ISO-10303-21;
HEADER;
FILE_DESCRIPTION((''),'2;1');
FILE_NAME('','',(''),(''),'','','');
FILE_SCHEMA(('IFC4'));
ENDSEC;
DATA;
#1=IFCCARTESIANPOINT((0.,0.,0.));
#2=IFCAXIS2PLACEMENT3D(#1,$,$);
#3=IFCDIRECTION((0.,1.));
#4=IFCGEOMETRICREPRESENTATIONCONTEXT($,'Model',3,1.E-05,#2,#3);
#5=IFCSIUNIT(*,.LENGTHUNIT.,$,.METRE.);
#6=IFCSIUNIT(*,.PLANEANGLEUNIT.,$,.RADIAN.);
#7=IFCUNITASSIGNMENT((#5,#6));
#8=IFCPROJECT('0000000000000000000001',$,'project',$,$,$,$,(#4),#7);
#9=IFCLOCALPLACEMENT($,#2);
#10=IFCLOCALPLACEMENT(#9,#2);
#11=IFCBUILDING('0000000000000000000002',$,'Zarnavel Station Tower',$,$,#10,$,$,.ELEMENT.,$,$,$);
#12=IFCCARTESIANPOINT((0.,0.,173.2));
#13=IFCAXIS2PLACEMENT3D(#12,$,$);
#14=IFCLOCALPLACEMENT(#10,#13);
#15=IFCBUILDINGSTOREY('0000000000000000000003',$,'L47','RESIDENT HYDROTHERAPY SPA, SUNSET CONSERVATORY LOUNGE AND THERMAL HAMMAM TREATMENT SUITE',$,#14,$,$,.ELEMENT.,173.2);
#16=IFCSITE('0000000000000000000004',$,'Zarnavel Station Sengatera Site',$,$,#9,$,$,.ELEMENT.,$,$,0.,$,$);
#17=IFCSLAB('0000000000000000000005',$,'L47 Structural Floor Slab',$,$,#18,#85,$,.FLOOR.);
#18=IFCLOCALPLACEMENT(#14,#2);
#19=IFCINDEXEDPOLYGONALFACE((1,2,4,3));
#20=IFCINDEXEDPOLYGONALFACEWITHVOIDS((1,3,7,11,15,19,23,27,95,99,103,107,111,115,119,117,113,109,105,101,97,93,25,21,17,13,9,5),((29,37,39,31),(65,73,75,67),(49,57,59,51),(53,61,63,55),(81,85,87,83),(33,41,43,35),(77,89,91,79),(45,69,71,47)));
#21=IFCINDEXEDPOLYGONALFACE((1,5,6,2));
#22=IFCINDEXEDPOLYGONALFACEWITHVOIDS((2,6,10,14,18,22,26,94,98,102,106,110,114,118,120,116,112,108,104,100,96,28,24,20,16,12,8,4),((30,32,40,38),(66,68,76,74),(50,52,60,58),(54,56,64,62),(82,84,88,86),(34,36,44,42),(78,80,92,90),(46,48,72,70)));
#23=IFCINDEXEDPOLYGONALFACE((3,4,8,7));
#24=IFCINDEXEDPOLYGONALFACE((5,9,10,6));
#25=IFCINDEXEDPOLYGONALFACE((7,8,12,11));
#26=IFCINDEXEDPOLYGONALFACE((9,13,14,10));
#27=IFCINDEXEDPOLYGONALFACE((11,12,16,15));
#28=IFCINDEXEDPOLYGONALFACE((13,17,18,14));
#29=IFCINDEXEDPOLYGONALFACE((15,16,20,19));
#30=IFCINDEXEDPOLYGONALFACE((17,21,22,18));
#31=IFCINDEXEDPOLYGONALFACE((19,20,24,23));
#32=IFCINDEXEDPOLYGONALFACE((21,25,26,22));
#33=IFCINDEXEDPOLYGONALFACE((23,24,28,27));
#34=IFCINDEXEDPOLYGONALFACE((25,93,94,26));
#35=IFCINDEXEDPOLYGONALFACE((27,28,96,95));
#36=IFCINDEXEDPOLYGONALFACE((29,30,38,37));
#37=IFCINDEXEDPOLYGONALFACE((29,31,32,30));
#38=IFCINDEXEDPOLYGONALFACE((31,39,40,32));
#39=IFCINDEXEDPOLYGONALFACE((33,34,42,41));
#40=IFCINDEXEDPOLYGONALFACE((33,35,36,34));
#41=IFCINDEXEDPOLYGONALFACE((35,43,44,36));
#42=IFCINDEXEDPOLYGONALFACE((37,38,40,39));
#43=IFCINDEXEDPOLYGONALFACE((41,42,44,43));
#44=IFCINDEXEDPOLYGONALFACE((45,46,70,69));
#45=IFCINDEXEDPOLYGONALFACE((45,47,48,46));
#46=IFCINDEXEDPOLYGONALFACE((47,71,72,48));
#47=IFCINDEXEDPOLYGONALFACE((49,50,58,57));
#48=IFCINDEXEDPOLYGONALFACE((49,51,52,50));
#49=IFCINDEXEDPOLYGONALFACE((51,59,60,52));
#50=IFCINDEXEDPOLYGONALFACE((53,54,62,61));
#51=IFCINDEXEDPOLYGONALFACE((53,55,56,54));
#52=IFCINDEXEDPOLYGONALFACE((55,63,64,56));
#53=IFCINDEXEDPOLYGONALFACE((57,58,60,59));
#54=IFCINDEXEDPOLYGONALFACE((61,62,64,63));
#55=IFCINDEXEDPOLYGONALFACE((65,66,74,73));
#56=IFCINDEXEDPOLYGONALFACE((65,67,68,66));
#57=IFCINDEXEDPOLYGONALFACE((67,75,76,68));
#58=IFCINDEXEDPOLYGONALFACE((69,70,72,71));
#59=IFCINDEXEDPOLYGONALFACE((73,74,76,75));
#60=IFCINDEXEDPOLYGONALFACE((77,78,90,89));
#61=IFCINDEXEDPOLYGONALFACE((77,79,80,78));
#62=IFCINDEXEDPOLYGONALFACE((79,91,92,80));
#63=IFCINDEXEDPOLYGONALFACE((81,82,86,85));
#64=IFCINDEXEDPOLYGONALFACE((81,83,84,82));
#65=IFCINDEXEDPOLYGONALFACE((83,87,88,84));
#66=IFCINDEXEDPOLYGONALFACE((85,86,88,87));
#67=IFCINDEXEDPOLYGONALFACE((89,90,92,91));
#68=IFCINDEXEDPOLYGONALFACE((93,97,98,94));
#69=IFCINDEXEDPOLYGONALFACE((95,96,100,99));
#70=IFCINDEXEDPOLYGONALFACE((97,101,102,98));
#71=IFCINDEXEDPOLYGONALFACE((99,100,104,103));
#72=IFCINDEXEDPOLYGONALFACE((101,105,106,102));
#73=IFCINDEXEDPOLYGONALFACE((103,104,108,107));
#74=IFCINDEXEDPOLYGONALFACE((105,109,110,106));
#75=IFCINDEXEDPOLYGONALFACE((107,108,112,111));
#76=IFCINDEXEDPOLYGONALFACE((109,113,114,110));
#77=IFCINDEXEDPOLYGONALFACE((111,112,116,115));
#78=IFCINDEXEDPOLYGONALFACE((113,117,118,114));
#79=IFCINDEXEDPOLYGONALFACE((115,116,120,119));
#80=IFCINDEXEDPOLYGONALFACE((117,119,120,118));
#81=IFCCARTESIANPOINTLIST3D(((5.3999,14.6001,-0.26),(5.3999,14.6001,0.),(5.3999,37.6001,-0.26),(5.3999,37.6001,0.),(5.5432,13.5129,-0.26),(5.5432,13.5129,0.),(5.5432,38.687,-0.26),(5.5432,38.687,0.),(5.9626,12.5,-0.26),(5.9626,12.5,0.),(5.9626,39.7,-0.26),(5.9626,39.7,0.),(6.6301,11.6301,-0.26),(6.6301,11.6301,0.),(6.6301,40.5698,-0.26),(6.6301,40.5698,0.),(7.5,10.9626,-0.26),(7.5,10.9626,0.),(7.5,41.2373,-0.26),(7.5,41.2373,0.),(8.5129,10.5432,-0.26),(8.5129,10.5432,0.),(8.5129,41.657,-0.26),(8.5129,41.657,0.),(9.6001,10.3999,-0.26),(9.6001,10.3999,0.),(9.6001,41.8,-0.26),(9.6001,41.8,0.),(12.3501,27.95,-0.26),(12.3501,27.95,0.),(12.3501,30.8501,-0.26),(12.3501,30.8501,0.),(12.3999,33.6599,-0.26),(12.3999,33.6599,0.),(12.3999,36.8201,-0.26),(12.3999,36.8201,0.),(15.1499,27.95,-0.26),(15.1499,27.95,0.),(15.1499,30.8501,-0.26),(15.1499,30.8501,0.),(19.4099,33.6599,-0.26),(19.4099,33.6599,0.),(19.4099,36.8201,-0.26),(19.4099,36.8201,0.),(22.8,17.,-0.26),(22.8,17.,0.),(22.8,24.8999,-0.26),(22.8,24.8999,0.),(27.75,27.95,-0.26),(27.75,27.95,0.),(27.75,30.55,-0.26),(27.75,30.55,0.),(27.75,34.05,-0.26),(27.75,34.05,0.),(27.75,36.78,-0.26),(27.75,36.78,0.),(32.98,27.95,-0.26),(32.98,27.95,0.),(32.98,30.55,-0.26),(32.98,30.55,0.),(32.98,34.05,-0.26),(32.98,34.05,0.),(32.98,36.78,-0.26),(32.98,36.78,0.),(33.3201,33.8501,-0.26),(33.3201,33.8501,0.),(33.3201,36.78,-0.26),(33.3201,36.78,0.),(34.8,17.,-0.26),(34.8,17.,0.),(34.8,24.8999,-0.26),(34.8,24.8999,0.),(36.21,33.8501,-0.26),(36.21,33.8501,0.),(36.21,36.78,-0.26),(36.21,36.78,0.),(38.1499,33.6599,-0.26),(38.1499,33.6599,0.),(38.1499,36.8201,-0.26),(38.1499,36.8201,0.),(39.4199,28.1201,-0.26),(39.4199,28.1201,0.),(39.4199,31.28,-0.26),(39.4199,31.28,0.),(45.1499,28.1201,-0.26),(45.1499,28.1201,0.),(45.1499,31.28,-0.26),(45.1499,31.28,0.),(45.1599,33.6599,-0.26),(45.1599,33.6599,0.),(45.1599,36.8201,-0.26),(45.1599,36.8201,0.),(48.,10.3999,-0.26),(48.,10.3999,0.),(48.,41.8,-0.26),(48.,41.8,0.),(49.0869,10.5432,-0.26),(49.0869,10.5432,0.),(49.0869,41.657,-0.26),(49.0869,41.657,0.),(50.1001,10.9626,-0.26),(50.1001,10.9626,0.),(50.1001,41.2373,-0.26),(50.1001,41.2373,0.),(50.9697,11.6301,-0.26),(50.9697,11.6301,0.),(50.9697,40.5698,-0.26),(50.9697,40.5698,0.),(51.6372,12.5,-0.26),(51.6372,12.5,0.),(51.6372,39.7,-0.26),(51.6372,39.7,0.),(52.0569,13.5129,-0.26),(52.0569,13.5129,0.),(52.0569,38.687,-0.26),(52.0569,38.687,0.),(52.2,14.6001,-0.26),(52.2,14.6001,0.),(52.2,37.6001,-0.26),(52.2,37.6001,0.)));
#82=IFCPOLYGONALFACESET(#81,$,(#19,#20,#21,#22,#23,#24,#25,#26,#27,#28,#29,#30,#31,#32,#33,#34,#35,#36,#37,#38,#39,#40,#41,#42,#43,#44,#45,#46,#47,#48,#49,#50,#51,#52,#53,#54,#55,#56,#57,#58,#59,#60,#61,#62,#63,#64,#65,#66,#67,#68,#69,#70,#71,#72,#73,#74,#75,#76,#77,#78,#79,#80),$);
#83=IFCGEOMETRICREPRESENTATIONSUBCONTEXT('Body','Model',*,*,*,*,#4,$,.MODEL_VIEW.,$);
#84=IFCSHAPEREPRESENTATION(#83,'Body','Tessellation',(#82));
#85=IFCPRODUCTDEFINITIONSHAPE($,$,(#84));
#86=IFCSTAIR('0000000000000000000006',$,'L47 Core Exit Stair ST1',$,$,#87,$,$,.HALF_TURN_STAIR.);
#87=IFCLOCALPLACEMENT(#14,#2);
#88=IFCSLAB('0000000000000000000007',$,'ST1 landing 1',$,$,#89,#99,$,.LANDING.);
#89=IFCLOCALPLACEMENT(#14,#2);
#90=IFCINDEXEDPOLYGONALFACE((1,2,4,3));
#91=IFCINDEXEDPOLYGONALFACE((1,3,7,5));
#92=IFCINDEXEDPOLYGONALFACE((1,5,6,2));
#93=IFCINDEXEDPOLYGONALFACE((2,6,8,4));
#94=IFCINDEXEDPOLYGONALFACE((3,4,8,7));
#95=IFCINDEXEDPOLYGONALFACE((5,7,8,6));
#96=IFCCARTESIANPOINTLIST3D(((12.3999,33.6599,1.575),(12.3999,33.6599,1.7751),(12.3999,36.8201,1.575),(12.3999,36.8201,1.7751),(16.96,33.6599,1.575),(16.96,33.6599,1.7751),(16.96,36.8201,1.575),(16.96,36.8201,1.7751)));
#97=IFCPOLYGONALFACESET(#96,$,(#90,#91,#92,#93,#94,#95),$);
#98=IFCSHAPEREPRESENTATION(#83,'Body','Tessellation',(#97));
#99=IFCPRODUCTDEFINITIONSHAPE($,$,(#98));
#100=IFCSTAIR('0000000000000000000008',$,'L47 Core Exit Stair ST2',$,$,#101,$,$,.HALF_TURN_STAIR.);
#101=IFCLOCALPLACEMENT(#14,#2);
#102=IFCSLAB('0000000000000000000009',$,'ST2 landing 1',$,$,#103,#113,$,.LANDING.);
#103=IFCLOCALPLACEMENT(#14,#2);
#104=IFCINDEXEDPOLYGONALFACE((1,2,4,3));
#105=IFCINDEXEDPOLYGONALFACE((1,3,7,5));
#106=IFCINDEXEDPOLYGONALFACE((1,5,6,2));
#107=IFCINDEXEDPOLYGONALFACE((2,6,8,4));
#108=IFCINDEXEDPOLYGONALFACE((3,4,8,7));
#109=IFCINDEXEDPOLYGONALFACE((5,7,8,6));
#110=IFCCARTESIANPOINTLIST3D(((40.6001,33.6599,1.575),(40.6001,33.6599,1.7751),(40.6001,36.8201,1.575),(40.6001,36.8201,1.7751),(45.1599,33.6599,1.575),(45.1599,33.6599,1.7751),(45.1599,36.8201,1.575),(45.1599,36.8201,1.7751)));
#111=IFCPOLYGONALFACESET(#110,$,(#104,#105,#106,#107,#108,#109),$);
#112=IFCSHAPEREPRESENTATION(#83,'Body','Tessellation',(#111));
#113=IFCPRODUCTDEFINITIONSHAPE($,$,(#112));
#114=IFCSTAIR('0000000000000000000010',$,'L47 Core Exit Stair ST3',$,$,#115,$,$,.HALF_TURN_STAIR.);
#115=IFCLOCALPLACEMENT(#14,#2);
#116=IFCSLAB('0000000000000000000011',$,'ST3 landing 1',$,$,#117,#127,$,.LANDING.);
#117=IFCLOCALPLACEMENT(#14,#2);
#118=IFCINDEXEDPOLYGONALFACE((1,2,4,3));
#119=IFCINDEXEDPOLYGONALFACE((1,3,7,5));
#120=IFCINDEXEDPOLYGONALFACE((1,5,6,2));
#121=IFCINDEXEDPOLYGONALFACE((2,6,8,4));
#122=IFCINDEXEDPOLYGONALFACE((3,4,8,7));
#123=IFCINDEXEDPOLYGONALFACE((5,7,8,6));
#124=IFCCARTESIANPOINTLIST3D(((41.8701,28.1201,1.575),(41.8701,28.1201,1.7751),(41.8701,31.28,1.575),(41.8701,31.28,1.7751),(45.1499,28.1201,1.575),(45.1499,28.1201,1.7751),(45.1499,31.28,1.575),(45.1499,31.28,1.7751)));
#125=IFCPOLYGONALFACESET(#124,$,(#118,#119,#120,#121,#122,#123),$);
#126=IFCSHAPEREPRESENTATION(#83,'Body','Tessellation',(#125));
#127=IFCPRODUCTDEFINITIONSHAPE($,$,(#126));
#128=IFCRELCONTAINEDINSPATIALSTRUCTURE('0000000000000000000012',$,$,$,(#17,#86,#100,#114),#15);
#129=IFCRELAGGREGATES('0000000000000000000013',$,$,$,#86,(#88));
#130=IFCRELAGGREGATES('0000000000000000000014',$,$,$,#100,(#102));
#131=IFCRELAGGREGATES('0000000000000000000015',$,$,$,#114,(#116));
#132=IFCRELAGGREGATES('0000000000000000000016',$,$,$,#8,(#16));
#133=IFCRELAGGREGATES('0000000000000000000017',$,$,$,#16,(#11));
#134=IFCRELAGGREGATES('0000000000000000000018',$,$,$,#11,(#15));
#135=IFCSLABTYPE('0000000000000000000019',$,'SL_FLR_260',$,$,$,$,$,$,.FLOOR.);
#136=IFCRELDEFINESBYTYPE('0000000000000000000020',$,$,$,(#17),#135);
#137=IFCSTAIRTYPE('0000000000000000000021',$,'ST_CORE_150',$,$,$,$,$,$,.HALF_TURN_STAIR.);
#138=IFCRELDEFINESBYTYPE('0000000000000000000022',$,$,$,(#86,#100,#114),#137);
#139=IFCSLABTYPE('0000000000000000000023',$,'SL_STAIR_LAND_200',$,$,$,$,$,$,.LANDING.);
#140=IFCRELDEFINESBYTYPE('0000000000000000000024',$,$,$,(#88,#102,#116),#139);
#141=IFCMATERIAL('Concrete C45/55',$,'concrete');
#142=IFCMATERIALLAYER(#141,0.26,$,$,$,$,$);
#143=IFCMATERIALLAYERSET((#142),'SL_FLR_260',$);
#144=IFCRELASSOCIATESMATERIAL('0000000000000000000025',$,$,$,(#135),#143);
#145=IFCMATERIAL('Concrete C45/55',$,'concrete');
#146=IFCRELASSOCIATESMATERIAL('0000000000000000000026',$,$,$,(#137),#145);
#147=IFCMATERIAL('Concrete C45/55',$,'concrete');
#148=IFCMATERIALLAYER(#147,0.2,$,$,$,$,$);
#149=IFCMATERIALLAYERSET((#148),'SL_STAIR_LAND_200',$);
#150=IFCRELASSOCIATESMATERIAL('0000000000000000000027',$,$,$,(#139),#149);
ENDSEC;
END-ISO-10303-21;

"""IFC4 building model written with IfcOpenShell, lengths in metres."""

from ifc_helpers import new_model, si_unit, direction, frame, origin, place, context, subcontext, project, spatial, polyline, outline, extrude, material, layer, layer_set, type_object, element, aggregate, save


model = new_model("IFC4")

# Units and contexts
model_context = context("Model", 3, precision=1e-05, world=origin(), true_north=direction((0.0, 1.0)))
body_context = subcontext(model_context, "Body", "Model", "MODEL_VIEW")
ifc_project = project(units=[si_unit("LENGTHUNIT", "METRE"), si_unit("PLANEANGLEUNIT", "RADIAN")], contexts=[model_context])

# Site, building, storey
site_placement = place(None, origin())
site = spatial("IfcSite", under=ifc_project, at=site_placement, Name="Zarnavel Station Sengatera Site", CompositionType="ELEMENT", RefElevation=0.0)
building_placement = place(site_placement, origin())
building = spatial("IfcBuilding", under=site, at=building_placement, Name="Zarnavel Station Tower", CompositionType="ELEMENT")
storey_placement = place(building_placement, frame((0.0, 0.0, 173.2)))
storey = spatial("IfcBuildingStorey", under=building, at=storey_placement, Name="L47", Description="RESIDENT HYDROTHERAPY SPA, SUNSET CONSERVATORY LOUNGE AND THERMAL HAMMAM TREATMENT SUITE", CompositionType="ELEMENT", Elevation=173.2)

# Slab
ifc_material_1 = material(Name="Concrete C45/55", Category="concrete")
ifc_layer_1 = layer(ifc_material_1, 0.26)
ifc_layer_set_1 = layer_set([ifc_layer_1], Name="SL_FLR_260")
slab_type_1 = type_object("IfcSlabType", Name="SL_FLR_260", PredefinedType="FLOOR", material=ifc_layer_set_1)
slab_1_placement = place(storey_placement, frame((0.0, 0.0, -0.26)))
element("IfcSlab", 1, at=slab_1_placement, inside=storey, type_object=slab_type_1, Name="L47 Structural Floor Slab", PredefinedType="FLOOR", context=body_context, shape_type="SweptSolid", body=[
    extrude(outline(polyline([(48.0, 10.3999), (49.0869, 10.5432), (50.1001, 10.9626), (50.9697, 11.6301), (51.6372, 12.5), (52.0569, 13.5129), (52.2, 14.6001), (52.2, 37.6001), (52.0569, 38.687), (51.6372, 39.7), (50.9697, 40.5698), (50.1001, 41.2373), (49.0869, 41.657), (48.0, 41.8), (9.6001, 41.8), (8.5129, 41.657), (7.5, 41.2373), (6.6301, 40.5698), (5.9626, 39.7), (5.5432, 38.687), (5.3999, 37.6001), (5.3999, 14.6001), (5.5432, 13.5129), (5.9626, 12.5), (6.6301, 11.6301), (7.5, 10.9626), (8.5129, 10.5432), (9.6001, 10.3999), (48.0, 10.3999)]), holes=[polyline([(12.3999, 33.6599), (19.4099, 33.6599), (19.4099, 36.8201), (12.3999, 36.8201), (12.3999, 33.6599)]), polyline([(38.1499, 33.6599), (45.1599, 33.6599), (45.1599, 36.8201), (38.1499, 36.8201), (38.1499, 33.6599)]), polyline([(39.4199, 28.1201), (45.1499, 28.1201), (45.1499, 31.28), (39.4199, 31.28), (39.4199, 28.1201)]), polyline([(12.3501, 27.95), (15.1499, 27.95), (15.1499, 30.8501), (12.3501, 30.8501), (12.3501, 27.95)]), polyline([(33.3201, 33.8501), (36.21, 33.8501), (36.21, 36.78), (33.3201, 36.78), (33.3201, 33.8501)]), polyline([(27.75, 34.05), (32.98, 34.05), (32.98, 36.78), (27.75, 36.78), (27.75, 34.05)]), polyline([(27.75, 27.95), (32.98, 27.95), (32.98, 30.55), (27.75, 30.55), (27.75, 27.95)]), polyline([(22.8, 17.0), (34.8, 17.0), (34.8, 24.8999), (22.8, 24.8999), (22.8, 17.0)])]), origin(), (0.0, 0.0, 1.0), 0.26),
])

# Stairs, slabs
ifc_material_2 = material(Name="Concrete C45/55", Category="concrete")
stair_type = type_object("IfcStairType", Name="ST_CORE_150", PredefinedType="HALF_TURN_STAIR", material=ifc_material_2)
stair_1_placement = place(storey_placement, origin())
stair_1 = element("IfcStair", 2, at=stair_1_placement, inside=storey, type_object=stair_type, Name="L47 Core Exit Stair ST1", PredefinedType="HALF_TURN_STAIR")
ifc_material_3 = material(Name="Concrete C45/55", Category="concrete")
ifc_layer_2 = layer(ifc_material_3, 0.2)
ifc_layer_set_2 = layer_set([ifc_layer_2], Name="SL_STAIR_LAND_200")
slab_type_2 = type_object("IfcSlabType", Name="SL_STAIR_LAND_200", PredefinedType="LANDING", material=ifc_layer_set_2)
slab_2_placement = place(storey_placement, frame((0.0, 0.0, 1.575)))
slab_2 = element("IfcSlab", 3, at=slab_2_placement, type_object=slab_type_2, Name="ST1 landing 1", PredefinedType="LANDING", context=body_context, shape_type="SweptSolid", body=[
    extrude(outline(polyline([(16.96, 36.8201), (12.3999, 36.8201), (12.3999, 33.6599), (16.96, 33.6599), (16.96, 36.8201)])), origin(), (0.0, 0.0, 1.0), 0.2002),
])
aggregate(stair_1, [slab_2])
stair_2_placement = place(storey_placement, origin())
stair_2 = element("IfcStair", 4, at=stair_2_placement, inside=storey, type_object=stair_type, Name="L47 Core Exit Stair ST2", PredefinedType="HALF_TURN_STAIR")
slab_3_placement = place(storey_placement, frame((0.0, 0.0, 1.575)))
slab_3 = element("IfcSlab", 5, at=slab_3_placement, type_object=slab_type_2, Name="ST2 landing 1", PredefinedType="LANDING", context=body_context, shape_type="SweptSolid", body=[
    extrude(outline(polyline([(40.6001, 33.6599), (45.1599, 33.6599), (45.1599, 36.8201), (40.6001, 36.8201), (40.6001, 33.6599)])), origin(), (0.0, 0.0, 1.0), 0.2002),
])
aggregate(stair_2, [slab_3])
stair_3_placement = place(storey_placement, origin())
stair_3 = element("IfcStair", 6, at=stair_3_placement, inside=storey, type_object=stair_type, Name="L47 Core Exit Stair ST3", PredefinedType="HALF_TURN_STAIR")
slab_4_placement = place(storey_placement, frame((0.0, 0.0, 1.575)))
slab_4 = element("IfcSlab", 7, at=slab_4_placement, type_object=slab_type_2, Name="ST3 landing 1", PredefinedType="LANDING", context=body_context, shape_type="SweptSolid", body=[
    extrude(outline(polyline([(41.8701, 28.1201), (45.1499, 28.1201), (45.1499, 31.28), (41.8701, 31.28), (41.8701, 28.1201)])), origin(), (0.0, 0.0, 1.0), 0.2002),
])
aggregate(stair_3, [slab_4])

save(model, "model.ifc")
